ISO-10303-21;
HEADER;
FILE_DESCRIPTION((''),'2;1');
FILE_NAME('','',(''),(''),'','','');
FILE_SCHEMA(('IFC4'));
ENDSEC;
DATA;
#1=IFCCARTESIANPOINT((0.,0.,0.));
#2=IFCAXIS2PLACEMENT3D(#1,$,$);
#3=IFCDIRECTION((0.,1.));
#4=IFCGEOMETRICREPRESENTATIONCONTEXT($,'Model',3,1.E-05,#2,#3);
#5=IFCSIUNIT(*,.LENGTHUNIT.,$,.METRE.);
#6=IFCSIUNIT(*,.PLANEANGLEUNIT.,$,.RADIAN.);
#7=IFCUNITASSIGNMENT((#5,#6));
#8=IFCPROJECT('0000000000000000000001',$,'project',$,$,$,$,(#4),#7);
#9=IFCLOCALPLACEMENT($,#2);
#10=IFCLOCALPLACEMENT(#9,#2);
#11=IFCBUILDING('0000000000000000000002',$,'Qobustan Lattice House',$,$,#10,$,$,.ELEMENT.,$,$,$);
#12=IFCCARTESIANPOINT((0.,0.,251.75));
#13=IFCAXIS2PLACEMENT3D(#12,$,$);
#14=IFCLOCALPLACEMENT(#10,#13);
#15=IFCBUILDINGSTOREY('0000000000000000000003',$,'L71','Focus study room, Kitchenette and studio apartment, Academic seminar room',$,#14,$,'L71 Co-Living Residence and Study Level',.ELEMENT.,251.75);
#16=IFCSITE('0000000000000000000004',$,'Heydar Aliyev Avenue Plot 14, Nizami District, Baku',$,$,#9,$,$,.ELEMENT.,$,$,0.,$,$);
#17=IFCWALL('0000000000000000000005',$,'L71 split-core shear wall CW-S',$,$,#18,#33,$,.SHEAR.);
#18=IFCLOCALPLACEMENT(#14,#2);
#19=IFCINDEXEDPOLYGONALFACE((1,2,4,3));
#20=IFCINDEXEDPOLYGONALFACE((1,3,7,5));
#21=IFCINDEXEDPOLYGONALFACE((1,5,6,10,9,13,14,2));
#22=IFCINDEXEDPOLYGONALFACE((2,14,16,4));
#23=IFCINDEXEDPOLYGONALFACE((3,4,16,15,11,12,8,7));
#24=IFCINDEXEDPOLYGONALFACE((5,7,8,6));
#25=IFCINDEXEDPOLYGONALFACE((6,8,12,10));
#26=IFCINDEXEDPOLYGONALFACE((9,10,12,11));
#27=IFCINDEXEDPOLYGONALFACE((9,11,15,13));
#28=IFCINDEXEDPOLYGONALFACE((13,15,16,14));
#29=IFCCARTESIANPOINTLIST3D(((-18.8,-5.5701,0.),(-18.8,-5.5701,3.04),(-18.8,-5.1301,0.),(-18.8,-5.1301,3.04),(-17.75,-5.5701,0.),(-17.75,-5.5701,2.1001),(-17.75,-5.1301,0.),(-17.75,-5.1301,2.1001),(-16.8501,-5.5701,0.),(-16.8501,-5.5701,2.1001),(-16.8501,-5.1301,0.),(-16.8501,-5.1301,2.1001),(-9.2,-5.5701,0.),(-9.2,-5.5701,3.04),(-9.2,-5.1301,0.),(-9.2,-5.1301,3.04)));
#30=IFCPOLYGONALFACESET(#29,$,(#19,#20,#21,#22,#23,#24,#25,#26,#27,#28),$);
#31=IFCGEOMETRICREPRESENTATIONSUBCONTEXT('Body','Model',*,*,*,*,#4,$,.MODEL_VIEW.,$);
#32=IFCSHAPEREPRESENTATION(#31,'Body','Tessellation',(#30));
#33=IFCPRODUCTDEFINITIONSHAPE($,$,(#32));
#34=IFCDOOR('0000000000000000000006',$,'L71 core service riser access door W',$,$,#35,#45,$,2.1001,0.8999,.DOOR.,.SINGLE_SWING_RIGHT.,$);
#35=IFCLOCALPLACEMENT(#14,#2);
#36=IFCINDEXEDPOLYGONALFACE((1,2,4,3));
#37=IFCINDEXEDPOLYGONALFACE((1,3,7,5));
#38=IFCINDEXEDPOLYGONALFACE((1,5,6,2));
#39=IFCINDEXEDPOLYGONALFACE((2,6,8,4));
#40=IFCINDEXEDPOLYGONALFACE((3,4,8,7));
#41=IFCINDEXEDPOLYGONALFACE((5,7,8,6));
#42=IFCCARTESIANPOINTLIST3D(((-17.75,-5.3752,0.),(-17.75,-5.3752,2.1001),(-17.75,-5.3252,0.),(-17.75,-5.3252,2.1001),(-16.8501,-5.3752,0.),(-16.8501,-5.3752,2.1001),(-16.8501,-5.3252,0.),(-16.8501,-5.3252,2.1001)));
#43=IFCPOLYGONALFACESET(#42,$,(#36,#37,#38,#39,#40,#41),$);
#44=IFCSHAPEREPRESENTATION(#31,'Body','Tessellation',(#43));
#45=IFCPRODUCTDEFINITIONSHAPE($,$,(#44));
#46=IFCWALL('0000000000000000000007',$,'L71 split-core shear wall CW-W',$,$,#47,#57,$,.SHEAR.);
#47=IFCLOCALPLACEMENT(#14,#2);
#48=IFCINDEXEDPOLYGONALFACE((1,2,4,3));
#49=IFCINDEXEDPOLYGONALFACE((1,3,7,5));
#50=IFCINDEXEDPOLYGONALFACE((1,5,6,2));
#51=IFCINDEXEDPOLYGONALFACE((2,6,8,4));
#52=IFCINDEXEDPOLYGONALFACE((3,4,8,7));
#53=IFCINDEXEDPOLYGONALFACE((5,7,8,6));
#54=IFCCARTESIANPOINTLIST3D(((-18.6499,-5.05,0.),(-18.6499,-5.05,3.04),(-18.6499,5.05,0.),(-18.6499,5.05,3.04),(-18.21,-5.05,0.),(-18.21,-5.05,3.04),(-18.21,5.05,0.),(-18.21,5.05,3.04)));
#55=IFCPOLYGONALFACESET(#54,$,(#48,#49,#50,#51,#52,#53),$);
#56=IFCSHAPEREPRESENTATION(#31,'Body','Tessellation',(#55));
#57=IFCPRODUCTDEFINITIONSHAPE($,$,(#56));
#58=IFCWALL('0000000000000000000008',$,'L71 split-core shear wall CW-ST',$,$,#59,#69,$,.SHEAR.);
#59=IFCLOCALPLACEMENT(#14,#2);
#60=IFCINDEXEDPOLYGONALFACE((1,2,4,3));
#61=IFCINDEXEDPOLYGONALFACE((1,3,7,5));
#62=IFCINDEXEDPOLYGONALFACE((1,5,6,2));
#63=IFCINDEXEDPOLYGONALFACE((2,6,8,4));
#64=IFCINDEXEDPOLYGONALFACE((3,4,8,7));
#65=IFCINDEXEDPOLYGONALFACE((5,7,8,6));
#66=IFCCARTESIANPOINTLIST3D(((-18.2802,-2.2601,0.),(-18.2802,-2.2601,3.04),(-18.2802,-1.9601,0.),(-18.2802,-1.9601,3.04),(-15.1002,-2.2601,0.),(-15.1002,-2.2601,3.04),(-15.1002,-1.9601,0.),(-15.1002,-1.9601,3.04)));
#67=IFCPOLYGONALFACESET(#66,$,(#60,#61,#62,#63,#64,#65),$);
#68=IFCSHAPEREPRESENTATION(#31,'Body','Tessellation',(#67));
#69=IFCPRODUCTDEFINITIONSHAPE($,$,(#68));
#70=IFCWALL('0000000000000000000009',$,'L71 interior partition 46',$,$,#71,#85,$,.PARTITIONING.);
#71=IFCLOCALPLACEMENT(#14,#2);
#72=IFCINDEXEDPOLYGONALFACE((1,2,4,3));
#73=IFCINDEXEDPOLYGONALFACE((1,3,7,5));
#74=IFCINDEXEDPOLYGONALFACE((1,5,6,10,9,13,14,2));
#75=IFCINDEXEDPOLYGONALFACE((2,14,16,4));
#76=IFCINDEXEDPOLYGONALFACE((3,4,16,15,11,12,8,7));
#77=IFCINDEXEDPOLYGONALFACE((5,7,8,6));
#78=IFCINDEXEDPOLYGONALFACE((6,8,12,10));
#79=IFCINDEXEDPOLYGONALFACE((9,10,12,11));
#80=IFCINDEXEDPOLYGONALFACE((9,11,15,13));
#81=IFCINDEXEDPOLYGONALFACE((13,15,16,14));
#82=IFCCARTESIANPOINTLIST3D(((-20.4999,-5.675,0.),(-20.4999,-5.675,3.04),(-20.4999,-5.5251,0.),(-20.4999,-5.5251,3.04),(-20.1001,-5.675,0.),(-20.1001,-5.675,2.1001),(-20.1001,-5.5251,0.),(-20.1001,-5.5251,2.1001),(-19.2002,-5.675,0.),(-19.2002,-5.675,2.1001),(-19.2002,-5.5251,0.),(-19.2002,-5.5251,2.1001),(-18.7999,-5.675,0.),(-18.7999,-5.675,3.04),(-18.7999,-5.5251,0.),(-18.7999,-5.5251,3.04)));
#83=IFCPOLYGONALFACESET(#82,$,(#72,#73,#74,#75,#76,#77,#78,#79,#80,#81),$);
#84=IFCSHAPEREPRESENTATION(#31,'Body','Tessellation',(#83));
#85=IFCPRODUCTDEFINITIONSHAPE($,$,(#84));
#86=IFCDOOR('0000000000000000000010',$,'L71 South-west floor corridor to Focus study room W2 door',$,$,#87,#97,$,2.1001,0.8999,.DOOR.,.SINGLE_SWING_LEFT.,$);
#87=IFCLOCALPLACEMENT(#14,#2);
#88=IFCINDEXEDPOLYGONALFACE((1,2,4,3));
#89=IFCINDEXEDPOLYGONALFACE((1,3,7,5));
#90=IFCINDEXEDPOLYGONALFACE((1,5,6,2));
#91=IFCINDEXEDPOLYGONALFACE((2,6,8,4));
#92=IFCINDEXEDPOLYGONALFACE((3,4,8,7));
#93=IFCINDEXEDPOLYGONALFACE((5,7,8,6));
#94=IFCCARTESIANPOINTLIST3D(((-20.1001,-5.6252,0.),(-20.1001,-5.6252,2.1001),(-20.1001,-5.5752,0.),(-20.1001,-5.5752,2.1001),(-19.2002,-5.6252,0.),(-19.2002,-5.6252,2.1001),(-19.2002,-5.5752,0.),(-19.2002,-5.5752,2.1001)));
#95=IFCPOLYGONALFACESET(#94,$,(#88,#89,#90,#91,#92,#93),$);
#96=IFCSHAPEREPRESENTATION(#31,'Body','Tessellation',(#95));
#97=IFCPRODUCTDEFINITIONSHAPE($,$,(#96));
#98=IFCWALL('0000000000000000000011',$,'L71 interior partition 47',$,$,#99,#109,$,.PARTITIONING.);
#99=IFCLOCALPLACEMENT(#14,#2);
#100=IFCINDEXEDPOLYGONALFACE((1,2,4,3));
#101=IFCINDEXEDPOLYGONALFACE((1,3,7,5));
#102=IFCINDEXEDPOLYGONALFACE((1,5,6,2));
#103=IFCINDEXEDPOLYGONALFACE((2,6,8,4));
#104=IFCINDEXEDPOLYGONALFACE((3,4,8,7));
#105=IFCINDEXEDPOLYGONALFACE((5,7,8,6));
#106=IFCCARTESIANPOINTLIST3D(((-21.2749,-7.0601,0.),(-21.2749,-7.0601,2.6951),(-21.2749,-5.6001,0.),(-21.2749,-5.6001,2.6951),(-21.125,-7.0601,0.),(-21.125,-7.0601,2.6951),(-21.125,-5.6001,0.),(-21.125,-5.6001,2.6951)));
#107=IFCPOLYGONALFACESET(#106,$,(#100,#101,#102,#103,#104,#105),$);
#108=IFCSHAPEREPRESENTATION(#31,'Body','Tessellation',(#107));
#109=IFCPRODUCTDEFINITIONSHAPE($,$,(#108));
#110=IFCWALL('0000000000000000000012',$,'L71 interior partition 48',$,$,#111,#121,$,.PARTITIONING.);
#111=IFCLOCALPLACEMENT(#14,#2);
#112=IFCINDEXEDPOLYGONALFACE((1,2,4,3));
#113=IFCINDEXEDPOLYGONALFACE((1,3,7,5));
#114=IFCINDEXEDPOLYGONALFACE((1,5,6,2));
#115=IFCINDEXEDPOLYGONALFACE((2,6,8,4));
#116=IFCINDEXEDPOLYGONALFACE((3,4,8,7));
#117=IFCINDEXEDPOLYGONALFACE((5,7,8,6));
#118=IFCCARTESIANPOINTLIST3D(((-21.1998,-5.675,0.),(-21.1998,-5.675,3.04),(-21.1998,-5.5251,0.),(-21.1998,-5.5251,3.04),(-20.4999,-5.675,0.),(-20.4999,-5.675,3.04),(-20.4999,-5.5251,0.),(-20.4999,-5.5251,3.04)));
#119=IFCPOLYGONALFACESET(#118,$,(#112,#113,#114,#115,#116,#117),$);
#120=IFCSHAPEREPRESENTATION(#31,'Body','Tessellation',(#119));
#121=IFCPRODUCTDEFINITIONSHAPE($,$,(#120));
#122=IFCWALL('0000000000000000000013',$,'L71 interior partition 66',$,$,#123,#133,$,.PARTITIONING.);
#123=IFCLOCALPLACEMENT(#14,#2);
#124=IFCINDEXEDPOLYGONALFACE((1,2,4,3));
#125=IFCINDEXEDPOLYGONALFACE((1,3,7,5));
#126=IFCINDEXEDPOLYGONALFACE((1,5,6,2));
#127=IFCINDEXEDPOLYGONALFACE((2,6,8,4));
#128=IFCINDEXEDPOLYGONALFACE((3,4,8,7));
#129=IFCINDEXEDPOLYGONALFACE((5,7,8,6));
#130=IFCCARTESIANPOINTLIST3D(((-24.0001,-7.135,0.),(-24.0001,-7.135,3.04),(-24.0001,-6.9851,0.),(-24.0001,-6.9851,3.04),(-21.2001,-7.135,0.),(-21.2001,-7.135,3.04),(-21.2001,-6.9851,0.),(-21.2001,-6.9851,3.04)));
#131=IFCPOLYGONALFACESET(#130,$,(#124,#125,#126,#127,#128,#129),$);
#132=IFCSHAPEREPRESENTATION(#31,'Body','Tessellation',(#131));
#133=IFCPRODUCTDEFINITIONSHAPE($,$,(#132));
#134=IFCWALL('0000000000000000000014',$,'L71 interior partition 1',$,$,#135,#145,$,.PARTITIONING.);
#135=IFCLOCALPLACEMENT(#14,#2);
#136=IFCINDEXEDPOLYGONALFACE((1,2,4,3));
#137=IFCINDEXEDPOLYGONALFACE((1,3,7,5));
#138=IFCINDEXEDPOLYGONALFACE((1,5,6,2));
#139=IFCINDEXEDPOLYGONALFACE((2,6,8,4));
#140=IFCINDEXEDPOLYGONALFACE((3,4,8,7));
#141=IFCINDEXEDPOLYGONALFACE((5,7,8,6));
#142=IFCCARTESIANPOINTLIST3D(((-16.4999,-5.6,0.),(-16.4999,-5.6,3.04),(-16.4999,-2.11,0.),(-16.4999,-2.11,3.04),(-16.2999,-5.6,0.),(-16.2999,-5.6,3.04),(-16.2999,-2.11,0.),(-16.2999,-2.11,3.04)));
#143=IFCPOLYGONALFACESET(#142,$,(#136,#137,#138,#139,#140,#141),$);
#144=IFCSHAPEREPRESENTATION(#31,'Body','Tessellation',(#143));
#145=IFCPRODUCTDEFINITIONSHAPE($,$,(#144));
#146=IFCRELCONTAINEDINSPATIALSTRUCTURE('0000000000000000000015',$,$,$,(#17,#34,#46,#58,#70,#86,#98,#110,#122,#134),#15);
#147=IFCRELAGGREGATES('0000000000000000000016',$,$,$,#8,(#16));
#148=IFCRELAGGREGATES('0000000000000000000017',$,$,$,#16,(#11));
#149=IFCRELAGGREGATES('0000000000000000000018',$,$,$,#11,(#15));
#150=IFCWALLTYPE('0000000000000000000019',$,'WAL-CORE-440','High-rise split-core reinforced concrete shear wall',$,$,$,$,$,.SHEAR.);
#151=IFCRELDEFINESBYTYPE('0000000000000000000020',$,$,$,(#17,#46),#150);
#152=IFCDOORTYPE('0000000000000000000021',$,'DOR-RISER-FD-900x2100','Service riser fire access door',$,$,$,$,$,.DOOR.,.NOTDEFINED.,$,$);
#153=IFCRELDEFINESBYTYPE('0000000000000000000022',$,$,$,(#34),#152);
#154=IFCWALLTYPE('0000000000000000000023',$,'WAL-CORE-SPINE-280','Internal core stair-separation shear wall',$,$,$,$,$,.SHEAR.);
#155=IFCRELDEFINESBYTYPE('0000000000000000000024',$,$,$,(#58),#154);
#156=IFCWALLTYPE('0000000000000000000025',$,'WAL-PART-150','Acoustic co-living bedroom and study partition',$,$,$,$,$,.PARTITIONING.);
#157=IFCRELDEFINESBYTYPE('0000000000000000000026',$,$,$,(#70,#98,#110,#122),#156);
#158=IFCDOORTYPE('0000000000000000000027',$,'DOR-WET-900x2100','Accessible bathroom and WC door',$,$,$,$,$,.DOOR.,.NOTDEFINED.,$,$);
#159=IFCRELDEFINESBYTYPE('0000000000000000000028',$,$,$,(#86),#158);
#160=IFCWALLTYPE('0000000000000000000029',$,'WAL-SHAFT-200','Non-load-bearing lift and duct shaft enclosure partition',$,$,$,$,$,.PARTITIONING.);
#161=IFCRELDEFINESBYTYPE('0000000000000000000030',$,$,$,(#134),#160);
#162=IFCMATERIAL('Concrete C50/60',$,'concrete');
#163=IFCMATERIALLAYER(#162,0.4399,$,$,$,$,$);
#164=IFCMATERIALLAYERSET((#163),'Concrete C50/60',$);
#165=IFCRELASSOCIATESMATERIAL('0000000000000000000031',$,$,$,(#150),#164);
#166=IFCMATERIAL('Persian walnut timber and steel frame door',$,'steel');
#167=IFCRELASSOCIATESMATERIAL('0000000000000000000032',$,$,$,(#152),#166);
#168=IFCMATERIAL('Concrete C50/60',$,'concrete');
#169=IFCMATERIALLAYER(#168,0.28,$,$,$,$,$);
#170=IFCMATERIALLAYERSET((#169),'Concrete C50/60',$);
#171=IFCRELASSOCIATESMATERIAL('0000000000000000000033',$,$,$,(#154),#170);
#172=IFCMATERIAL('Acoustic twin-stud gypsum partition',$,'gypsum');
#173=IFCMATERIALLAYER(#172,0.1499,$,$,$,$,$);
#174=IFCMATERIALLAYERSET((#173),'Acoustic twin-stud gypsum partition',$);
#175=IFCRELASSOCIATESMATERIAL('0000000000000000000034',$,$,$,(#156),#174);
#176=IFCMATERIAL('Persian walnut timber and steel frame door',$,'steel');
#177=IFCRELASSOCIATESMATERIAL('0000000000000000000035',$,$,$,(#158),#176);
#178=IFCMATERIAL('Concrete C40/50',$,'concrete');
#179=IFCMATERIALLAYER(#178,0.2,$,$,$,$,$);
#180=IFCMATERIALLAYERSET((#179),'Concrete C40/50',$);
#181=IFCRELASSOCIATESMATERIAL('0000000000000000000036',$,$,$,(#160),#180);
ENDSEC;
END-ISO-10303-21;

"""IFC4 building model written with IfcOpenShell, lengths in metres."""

from ifc_helpers import new_model, si_unit, direction, frame, frame_2d, origin, place, context, subcontext, project, spatial, rectangle, extrude, material, layer, layer_set, type_object, element, fill, save


model = new_model("IFC4")

# Units and contexts
model_context = context("Model", 3, precision=1e-05, world=origin(), true_north=direction((0.0, 1.0)))
body_context = subcontext(model_context, "Body", "Model", "MODEL_VIEW")
ifc_project = project(units=[si_unit("LENGTHUNIT", "METRE"), si_unit("PLANEANGLEUNIT", "RADIAN")], contexts=[model_context])

# Site, building, storey
site_placement = place(None, origin())
site = spatial("IfcSite", under=ifc_project, at=site_placement, Name="Heydar Aliyev Avenue Plot 14, Nizami District, Baku", CompositionType="ELEMENT", RefElevation=0.0)
building_placement = place(site_placement, origin())
building = spatial("IfcBuilding", under=site, at=building_placement, Name="Qobustan Lattice House", CompositionType="ELEMENT")
storey_placement = place(building_placement, frame((0.0, 0.0, 251.75)))
storey = spatial("IfcBuildingStorey", under=building, at=storey_placement, Name="L71", Description="Focus study room, Kitchenette and studio apartment, Academic seminar room", LongName="L71 Co-Living Residence and Study Level", CompositionType="ELEMENT", Elevation=251.75)

# Wall, opening, door
ifc_material_1 = material(Name="Concrete C50/60", Category="concrete")
ifc_layer_1 = layer(ifc_material_1, 0.4399)
ifc_layer_set_1 = layer_set([ifc_layer_1], Name="Concrete C50/60")
wall_type_1 = type_object("IfcWallType", Name="WAL-CORE-440", Description="High-rise split-core reinforced concrete shear wall", PredefinedType="SHEAR", material=ifc_layer_set_1)
wall_1_placement = place(storey_placement, frame((-18.8, -5.3501, 0.0), z_axis=(0.0, 0.0, 1.0), x_axis=(1.0, 0.0, 0.0)))
wall_1 = element("IfcWall", 1, at=wall_1_placement, inside=storey, type_object=wall_type_1, Name="L71 split-core shear wall CW-S", PredefinedType="SHEAR", context=body_context, shape_type="SweptSolid", body=[
    extrude(rectangle(XDim=9.6001, YDim=0.4399, at=frame_2d((4.8, 0.0))), origin(), (0.0, 0.0, 1.0), 3.04),
])
opening_1_placement = place(wall_1_placement, frame((1.05, 0.0, 0.0)))
opening_1 = element("IfcOpeningElement", 2, at=opening_1_placement, cuts=wall_1, PredefinedType="OPENING", context=body_context, shape_type="SweptSolid", body=[
    extrude(rectangle(XDim=0.8999, YDim=2.1001, at=frame_2d((0.45, 1.05))), frame((0.0, 0.23, 0.0), z_axis=(0.0, -1.0, 0.0), x_axis=(1.0, 0.0, 0.0)), (0.0, 0.0, 1.0), 0.46),
])
ifc_material_2 = material(Name="Persian walnut timber and steel frame door", Category="steel")
door_type_1 = type_object("IfcDoorType", Name="DOR-RISER-FD-900x2100", Description="Service riser fire access door", OperationType="NOTDEFINED", PredefinedType="DOOR", material=ifc_material_2)
door_1_placement = place(opening_1_placement, origin())
door_1 = element("IfcDoor", 3, at=door_1_placement, inside=storey, type_object=door_type_1, Name="L71 core service riser access door W", OperationType="SINGLE_SWING_RIGHT", OverallHeight=2.1001, OverallWidth=0.8999, PredefinedType="DOOR", context=body_context, shape_type="SweptSolid", body=[
    extrude(rectangle(XDim=0.8999, YDim=2.1001, at=frame_2d((0.45, 1.05))), frame((0.0, 0.0249, 0.0), z_axis=(0.0, -1.0, 0.0), x_axis=(1.0, 0.0, 0.0)), (0.0, 0.0, 1.0), 0.05),
])
fill(opening_1, door_1)

# Walls
wall_2_placement = place(storey_placement, frame((-18.4299, -5.05, 0.0), z_axis=(0.0, 0.0, 1.0), x_axis=(0.0, 1.0, 0.0)))
element("IfcWall", 4, at=wall_2_placement, inside=storey, type_object=wall_type_1, Name="L71 split-core shear wall CW-W", PredefinedType="SHEAR", context=body_context, shape_type="SweptSolid", body=[
    extrude(rectangle(XDim=10.1001, YDim=0.4399, at=frame_2d((5.05, 0.0))), origin(), (0.0, 0.0, 1.0), 3.04),
])
ifc_material_3 = material(Name="Concrete C50/60", Category="concrete")
ifc_layer_2 = layer(ifc_material_3, 0.28)
ifc_layer_set_2 = layer_set([ifc_layer_2], Name="Concrete C50/60")
wall_type_2 = type_object("IfcWallType", Name="WAL-CORE-SPINE-280", Description="Internal core stair-separation shear wall", PredefinedType="SHEAR", material=ifc_layer_set_2)
wall_3_placement = place(storey_placement, frame((-18.28, -2.1101, 0.0), z_axis=(0.0, 0.0, 1.0), x_axis=(1.0, 0.0, 0.0)))
element("IfcWall", 5, at=wall_3_placement, inside=storey, type_object=wall_type_2, Name="L71 split-core shear wall CW-ST", PredefinedType="SHEAR", context=body_context, shape_type="SweptSolid", body=[
    extrude(rectangle(XDim=3.1799, YDim=0.3, at=frame_2d((1.5898, 0.0))), origin(), (0.0, 0.0, 1.0), 3.04),
])

# Wall, opening, door
ifc_material_4 = material(Name="Acoustic twin-stud gypsum partition", Category="gypsum")
ifc_layer_3 = layer(ifc_material_4, 0.1499)
ifc_layer_set_3 = layer_set([ifc_layer_3], Name="Acoustic twin-stud gypsum partition")
wall_type_3 = type_object("IfcWallType", Name="WAL-PART-150", Description="Acoustic co-living bedroom and study partition", PredefinedType="PARTITIONING", material=ifc_layer_set_3)
wall_4_placement = place(storey_placement, frame((-20.5, -5.6001, 0.0), z_axis=(0.0, 0.0, 1.0), x_axis=(1.0, 0.0, 0.0)))
wall_4 = element("IfcWall", 6, at=wall_4_placement, inside=storey, type_object=wall_type_3, Name="L71 interior partition 46", PredefinedType="PARTITIONING", context=body_context, shape_type="SweptSolid", body=[
    extrude(rectangle(XDim=1.7, YDim=0.1499, at=frame_2d((0.8501, 0.0))), origin(), (0.0, 0.0, 1.0), 3.04),
])
opening_2_placement = place(wall_4_placement, frame((0.3999, 0.0, 0.0)))
opening_2 = element("IfcOpeningElement", 7, at=opening_2_placement, cuts=wall_4, PredefinedType="OPENING", context=body_context, shape_type="SweptSolid", body=[
    extrude(rectangle(XDim=0.8999, YDim=2.1001, at=frame_2d((0.45, 1.05))), frame((0.0, 0.085, 0.0), z_axis=(0.0, -1.0, 0.0), x_axis=(1.0, 0.0, 0.0)), (0.0, 0.0, 1.0), 0.1699),
])
ifc_material_5 = material(Name="Persian walnut timber and steel frame door", Category="steel")
door_type_2 = type_object("IfcDoorType", Name="DOR-WET-900x2100", Description="Accessible bathroom and WC door", OperationType="NOTDEFINED", PredefinedType="DOOR", material=ifc_material_5)
door_2_placement = place(opening_2_placement, origin())
door_2 = element("IfcDoor", 8, at=door_2_placement, inside=storey, type_object=door_type_2, Name="L71 South-west floor corridor to Focus study room W2 door", OperationType="SINGLE_SWING_LEFT", OverallHeight=2.1001, OverallWidth=0.8999, PredefinedType="DOOR", context=body_context, shape_type="SweptSolid", body=[
    extrude(rectangle(XDim=0.8999, YDim=2.1001, at=frame_2d((0.45, 1.05))), frame((0.0, 0.0249, 0.0), z_axis=(0.0, -1.0, 0.0), x_axis=(1.0, 0.0, 0.0)), (0.0, 0.0, 1.0), 0.05),
])
fill(opening_2, door_2)

# Walls
wall_5_placement = place(storey_placement, frame((-21.2, -7.0601, 0.0), z_axis=(0.0, 0.0, 1.0), x_axis=(0.0, 1.0, 0.0)))
element("IfcWall", 9, at=wall_5_placement, inside=storey, type_object=wall_type_3, Name="L71 interior partition 47", PredefinedType="PARTITIONING", context=body_context, shape_type="SweptSolid", body=[
    extrude(rectangle(XDim=1.46, YDim=0.1499, at=frame_2d((0.73, 0.0))), origin(), (0.0, 0.0, 1.0), 2.6951),
])
wall_6_placement = place(storey_placement, frame((-21.2, -5.6001, 0.0), z_axis=(0.0, 0.0, 1.0), x_axis=(1.0, 0.0, 0.0)))
element("IfcWall", 10, at=wall_6_placement, inside=storey, type_object=wall_type_3, Name="L71 interior partition 48", PredefinedType="PARTITIONING", context=body_context, shape_type="SweptSolid", body=[
    extrude(rectangle(XDim=0.7, YDim=0.1499, at=frame_2d((0.3501, 0.0))), origin(), (0.0, 0.0, 1.0), 3.04),
])
wall_7_placement = place(storey_placement, frame((-24.0, -7.0601, 0.0), z_axis=(0.0, 0.0, 1.0), x_axis=(1.0, 0.0, 0.0)))
element("IfcWall", 11, at=wall_7_placement, inside=storey, type_object=wall_type_3, Name="L71 interior partition 66", PredefinedType="PARTITIONING", context=body_context, shape_type="SweptSolid", body=[
    extrude(rectangle(XDim=2.8, YDim=0.1499, at=frame_2d((1.3999, 0.0))), origin(), (0.0, 0.0, 1.0), 3.04),
])
ifc_material_6 = material(Name="Concrete C40/50", Category="concrete")
ifc_layer_4 = layer(ifc_material_6, 0.2)
ifc_layer_set_4 = layer_set([ifc_layer_4], Name="Concrete C40/50")
wall_type_4 = type_object("IfcWallType", Name="WAL-SHAFT-200", Description="Non-load-bearing lift and duct shaft enclosure partition", PredefinedType="PARTITIONING", material=ifc_layer_set_4)
wall_8_placement = place(storey_placement, frame((-16.3999, -5.6001, 0.0), z_axis=(0.0, 0.0, 1.0), x_axis=(0.0, 1.0, 0.0)))
element("IfcWall", 12, at=wall_8_placement, inside=storey, type_object=wall_type_4, Name="L71 interior partition 1", PredefinedType="PARTITIONING", context=body_context, shape_type="SweptSolid", body=[
    extrude(rectangle(XDim=3.49, YDim=0.2, at=frame_2d((1.7451, 0.0))), origin(), (0.0, 0.0, 1.0), 3.04),
])

save(model, "model.ifc")
